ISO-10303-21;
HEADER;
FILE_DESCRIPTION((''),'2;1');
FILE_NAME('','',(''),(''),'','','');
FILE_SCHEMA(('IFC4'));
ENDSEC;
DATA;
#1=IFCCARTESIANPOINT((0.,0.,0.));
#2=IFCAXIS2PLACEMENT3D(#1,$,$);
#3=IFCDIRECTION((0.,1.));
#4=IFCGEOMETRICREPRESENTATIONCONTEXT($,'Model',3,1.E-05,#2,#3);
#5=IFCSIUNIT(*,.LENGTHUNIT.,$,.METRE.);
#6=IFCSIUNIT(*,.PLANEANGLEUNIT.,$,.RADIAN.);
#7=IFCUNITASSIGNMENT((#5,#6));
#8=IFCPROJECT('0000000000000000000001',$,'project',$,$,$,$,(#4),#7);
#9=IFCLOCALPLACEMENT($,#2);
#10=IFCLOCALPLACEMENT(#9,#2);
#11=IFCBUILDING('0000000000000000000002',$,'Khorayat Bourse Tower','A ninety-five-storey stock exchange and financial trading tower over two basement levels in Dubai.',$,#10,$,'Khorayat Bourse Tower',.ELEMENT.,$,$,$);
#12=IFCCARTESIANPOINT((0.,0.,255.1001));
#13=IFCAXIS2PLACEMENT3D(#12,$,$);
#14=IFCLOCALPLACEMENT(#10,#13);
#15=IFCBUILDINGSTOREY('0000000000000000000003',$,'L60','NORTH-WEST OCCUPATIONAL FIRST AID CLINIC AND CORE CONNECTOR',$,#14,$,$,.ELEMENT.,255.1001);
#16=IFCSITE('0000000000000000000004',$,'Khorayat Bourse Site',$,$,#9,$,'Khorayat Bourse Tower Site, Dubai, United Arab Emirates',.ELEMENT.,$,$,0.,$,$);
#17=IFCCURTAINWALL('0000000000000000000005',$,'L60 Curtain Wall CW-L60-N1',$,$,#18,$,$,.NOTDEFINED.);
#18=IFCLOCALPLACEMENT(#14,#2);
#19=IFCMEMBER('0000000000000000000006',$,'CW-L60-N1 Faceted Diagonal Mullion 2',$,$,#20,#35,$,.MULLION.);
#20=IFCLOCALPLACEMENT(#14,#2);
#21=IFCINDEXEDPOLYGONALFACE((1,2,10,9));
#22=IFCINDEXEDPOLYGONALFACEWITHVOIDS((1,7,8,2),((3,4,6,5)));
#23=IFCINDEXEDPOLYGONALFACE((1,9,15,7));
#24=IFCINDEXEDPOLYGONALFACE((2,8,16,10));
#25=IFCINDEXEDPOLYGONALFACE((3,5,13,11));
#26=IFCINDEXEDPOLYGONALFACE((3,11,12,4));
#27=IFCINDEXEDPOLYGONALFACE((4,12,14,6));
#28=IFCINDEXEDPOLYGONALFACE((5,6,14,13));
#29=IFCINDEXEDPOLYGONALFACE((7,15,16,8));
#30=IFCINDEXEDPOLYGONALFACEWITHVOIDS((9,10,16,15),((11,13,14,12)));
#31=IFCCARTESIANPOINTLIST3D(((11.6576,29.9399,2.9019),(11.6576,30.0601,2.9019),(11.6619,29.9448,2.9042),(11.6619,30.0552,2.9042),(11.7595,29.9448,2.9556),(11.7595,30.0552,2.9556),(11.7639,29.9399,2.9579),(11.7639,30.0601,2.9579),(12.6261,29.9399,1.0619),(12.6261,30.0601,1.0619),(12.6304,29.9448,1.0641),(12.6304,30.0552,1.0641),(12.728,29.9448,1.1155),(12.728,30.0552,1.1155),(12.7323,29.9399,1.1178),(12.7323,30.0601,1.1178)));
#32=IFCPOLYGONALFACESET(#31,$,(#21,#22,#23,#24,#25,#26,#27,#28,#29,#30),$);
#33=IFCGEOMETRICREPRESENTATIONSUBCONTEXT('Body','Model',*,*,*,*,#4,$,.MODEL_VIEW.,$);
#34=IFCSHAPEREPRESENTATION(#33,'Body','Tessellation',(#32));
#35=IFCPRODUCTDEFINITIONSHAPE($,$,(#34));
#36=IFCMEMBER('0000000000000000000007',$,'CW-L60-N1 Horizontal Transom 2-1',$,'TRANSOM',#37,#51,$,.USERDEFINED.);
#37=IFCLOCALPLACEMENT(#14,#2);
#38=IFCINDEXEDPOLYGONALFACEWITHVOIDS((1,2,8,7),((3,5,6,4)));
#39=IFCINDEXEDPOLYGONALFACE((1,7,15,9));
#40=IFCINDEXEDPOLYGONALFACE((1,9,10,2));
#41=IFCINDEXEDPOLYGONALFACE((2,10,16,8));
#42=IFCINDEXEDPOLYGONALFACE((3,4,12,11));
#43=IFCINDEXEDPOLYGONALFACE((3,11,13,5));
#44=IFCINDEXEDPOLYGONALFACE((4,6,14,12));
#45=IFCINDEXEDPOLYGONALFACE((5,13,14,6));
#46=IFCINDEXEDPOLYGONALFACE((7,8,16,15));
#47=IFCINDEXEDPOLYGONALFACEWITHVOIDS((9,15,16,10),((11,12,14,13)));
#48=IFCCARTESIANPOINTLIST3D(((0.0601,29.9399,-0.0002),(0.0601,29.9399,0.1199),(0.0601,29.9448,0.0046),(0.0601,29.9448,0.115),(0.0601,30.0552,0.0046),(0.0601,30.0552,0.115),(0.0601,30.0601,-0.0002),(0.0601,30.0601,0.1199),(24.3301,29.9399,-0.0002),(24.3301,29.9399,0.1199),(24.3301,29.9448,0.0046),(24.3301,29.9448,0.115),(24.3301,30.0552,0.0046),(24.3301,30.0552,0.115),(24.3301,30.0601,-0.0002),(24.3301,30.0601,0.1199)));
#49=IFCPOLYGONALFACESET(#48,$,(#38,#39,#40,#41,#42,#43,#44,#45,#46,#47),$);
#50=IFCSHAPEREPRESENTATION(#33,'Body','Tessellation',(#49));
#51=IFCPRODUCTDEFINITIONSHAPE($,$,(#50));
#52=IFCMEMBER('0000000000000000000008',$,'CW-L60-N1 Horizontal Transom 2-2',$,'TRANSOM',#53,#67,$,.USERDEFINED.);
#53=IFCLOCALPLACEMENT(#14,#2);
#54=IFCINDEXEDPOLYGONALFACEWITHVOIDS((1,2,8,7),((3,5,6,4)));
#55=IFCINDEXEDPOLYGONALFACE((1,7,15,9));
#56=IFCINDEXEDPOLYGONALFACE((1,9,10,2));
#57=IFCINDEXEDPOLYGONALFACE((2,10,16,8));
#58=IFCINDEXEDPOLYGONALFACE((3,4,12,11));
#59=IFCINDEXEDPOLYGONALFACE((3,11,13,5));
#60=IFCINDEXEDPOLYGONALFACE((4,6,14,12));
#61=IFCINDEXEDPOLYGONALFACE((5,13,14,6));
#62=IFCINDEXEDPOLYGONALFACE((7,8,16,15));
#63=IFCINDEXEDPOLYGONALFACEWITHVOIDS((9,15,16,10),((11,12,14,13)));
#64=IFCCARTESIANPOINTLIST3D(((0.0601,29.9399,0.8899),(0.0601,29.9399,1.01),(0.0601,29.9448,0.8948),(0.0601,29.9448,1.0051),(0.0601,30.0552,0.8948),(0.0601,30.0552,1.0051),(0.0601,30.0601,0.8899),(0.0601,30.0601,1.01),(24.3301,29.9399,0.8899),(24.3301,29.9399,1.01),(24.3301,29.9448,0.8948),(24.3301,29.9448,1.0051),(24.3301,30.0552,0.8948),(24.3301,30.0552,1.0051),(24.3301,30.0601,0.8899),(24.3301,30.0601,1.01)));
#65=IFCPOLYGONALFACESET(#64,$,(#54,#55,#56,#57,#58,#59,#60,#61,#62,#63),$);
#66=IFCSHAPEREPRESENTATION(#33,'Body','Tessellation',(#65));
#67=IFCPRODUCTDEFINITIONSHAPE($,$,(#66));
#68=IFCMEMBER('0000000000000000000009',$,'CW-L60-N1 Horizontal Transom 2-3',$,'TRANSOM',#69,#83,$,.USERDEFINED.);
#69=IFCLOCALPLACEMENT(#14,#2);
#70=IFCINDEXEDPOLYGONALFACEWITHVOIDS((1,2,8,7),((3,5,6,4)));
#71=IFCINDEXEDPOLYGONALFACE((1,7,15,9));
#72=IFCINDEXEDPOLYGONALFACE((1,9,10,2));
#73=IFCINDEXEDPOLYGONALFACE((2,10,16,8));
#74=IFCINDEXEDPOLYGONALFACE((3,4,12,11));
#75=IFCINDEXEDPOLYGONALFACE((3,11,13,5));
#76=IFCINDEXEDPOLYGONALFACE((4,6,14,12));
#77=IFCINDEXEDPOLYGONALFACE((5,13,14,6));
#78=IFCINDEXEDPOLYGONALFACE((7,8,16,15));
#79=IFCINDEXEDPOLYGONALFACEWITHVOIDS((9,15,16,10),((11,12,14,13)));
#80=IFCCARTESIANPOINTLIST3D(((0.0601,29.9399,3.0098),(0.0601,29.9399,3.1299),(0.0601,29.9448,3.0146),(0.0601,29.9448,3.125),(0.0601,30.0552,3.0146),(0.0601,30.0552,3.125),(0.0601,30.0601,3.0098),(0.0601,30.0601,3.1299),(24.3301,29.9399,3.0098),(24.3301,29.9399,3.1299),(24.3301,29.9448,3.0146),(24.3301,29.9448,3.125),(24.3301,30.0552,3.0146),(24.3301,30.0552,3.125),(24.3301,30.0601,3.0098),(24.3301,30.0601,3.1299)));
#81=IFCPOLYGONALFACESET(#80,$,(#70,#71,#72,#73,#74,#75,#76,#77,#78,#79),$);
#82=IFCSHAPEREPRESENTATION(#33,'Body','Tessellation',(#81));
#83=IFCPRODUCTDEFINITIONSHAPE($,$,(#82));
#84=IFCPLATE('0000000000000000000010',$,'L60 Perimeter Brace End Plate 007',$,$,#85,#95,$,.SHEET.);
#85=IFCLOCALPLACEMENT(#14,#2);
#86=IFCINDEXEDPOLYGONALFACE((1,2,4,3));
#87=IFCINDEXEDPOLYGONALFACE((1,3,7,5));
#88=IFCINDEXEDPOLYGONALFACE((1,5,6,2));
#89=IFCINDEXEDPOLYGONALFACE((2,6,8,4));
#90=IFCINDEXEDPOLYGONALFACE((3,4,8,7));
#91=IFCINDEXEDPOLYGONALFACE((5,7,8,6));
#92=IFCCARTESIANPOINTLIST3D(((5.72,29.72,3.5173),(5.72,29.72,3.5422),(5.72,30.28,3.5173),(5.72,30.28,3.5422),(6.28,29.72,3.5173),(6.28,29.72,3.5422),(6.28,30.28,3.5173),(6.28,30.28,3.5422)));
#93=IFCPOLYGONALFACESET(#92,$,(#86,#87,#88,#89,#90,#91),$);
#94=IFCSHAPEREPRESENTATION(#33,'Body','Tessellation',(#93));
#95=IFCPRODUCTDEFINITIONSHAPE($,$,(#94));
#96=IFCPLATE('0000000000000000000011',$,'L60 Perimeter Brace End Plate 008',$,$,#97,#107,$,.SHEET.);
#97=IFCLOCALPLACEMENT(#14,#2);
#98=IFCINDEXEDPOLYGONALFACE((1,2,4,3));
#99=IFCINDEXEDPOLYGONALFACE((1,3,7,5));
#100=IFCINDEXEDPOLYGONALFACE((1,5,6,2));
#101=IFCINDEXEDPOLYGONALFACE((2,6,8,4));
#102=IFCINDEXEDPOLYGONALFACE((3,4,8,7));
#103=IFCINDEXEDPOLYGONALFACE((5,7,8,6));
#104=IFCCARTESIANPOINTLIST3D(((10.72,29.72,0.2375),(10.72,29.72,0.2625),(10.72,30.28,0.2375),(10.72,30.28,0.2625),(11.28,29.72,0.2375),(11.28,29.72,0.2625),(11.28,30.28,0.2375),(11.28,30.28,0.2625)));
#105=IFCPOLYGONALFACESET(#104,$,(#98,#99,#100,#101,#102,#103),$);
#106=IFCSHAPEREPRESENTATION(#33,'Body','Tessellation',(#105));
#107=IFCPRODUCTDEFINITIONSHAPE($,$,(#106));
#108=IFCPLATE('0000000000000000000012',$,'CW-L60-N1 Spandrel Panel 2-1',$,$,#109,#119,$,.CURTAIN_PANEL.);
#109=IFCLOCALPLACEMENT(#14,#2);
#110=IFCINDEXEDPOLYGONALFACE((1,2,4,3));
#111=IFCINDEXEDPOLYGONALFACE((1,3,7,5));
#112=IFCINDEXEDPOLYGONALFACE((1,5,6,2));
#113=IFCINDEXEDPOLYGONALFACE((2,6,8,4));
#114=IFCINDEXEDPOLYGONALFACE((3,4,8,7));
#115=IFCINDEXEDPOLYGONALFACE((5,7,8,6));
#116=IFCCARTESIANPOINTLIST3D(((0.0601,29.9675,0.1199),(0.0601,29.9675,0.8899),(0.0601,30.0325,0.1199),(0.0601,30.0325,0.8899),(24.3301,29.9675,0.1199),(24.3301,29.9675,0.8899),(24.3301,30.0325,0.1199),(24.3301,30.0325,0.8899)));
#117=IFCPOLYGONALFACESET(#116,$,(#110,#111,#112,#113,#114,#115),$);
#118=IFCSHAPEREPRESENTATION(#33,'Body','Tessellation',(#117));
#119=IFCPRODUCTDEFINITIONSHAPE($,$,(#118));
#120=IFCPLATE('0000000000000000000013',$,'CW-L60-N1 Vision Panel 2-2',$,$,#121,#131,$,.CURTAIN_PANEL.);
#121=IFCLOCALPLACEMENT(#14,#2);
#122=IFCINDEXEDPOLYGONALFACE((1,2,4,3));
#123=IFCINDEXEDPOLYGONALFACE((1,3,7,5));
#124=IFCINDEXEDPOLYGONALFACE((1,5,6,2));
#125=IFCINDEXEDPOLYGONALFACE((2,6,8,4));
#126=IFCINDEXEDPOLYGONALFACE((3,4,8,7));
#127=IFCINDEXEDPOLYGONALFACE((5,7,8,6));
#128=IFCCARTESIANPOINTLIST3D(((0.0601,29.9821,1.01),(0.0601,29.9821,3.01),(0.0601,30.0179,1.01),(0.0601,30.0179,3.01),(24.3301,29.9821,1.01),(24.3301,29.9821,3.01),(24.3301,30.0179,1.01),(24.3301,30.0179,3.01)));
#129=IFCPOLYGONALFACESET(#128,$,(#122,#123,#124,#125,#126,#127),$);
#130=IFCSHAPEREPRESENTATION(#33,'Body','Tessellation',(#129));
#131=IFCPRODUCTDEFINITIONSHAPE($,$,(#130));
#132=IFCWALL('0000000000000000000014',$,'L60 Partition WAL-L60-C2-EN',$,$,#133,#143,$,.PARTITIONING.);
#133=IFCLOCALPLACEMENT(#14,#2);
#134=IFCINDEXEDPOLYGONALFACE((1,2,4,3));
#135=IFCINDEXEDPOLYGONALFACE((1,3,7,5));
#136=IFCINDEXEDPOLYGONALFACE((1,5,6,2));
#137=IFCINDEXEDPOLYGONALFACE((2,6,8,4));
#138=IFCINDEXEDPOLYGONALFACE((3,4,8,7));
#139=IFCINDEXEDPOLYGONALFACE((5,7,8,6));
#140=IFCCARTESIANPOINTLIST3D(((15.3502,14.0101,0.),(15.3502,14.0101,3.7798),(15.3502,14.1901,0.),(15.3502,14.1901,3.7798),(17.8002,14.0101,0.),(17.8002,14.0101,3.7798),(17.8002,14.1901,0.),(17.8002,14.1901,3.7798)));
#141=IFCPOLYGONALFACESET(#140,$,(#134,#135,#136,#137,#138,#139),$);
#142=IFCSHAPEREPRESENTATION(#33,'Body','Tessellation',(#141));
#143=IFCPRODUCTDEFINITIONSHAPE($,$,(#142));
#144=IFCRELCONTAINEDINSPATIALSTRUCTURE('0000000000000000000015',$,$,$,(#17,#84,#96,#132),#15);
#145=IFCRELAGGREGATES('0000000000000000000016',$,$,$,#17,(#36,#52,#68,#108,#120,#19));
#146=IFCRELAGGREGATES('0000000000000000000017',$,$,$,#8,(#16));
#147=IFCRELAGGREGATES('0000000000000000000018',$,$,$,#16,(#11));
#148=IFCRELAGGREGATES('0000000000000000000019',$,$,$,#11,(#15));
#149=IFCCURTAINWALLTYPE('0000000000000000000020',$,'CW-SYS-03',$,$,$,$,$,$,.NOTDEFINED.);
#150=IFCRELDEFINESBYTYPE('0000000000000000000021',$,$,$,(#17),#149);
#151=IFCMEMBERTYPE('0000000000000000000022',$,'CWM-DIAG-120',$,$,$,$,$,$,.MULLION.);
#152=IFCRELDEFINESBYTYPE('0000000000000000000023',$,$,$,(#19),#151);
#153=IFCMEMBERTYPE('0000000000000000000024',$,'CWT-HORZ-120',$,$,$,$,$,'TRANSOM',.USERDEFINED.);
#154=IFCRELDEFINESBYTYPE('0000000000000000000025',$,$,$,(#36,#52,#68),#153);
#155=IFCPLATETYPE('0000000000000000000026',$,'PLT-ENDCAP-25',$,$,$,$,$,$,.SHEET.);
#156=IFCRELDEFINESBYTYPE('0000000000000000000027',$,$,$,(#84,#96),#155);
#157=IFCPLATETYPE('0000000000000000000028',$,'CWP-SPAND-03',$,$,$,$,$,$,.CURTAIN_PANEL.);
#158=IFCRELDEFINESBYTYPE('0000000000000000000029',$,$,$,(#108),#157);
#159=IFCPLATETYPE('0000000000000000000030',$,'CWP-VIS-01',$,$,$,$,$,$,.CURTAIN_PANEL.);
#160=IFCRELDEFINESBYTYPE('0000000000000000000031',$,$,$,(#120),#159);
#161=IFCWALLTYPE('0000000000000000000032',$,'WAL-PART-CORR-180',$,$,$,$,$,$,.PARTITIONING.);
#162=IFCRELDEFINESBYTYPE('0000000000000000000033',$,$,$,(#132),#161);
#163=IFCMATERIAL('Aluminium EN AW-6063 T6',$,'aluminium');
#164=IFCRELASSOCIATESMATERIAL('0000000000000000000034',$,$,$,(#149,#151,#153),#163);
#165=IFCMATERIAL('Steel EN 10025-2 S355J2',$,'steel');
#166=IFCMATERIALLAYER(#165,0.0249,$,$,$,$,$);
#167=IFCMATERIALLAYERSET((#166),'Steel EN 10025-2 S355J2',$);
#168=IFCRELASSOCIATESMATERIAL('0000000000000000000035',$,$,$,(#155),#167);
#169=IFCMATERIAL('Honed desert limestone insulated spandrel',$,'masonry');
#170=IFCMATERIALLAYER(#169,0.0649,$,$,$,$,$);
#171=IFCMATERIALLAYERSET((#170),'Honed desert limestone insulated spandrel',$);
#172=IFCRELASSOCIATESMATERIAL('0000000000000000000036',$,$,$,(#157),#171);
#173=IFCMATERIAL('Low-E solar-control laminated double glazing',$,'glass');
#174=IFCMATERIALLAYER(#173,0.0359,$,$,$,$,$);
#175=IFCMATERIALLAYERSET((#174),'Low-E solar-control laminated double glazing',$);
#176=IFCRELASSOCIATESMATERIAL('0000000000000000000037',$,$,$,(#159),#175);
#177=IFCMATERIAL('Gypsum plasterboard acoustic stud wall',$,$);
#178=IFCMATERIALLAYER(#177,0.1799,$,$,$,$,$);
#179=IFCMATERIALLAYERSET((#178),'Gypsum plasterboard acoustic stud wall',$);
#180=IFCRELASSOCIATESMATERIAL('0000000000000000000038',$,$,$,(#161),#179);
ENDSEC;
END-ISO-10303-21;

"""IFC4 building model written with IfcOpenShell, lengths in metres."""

from ifc_helpers import new_model, si_unit, direction, frame, frame_2d, origin, origin_2d, place, context, subcontext, project, spatial, rectangle, hollow_rectangle, extrude, source, transform, mapped, material, layer, layer_set, material_profile, profile_set, type_object, element, aggregate, save


model = new_model("IFC4")

# Units and contexts
model_context = context("Model", 3, precision=1e-05, world=origin(), true_north=direction((0.0, 1.0)))
body_context = subcontext(model_context, "Body", "Model", "MODEL_VIEW")
ifc_project = project(units=[si_unit("LENGTHUNIT", "METRE"), si_unit("PLANEANGLEUNIT", "RADIAN")], contexts=[model_context])

# Site, building, storey
site_placement = place(None, origin())
site = spatial("IfcSite", under=ifc_project, at=site_placement, Name="Khorayat Bourse Site", LongName="Khorayat Bourse Tower Site, Dubai, United Arab Emirates", CompositionType="ELEMENT", RefElevation=0.0)
building_placement = place(site_placement, origin())
building = spatial("IfcBuilding", under=site, at=building_placement, Name="Khorayat Bourse Tower", Description="A ninety-five-storey stock exchange and financial trading tower over two basement levels in Dubai.", LongName="Khorayat Bourse Tower", CompositionType="ELEMENT")
storey_placement = place(building_placement, frame((0.0, 0.0, 255.1001)))
storey = spatial("IfcBuildingStorey", under=building, at=storey_placement, Name="L60", Description="NORTH-WEST OCCUPATIONAL FIRST AID CLINIC AND CORE CONNECTOR", CompositionType="ELEMENT", Elevation=255.1001)

# Curtain wall, members
ifc_material_1 = material(Name="Aluminium EN AW-6063 T6", Category="aluminium")
curtain_wall_type = type_object("IfcCurtainWallType", Name="CW-SYS-03", PredefinedType="NOTDEFINED", material=ifc_material_1)
curtain_wall_placement = place(storey_placement, origin())
curtain_wall = element("IfcCurtainWall", 1, at=curtain_wall_placement, inside=storey, type_object=curtain_wall_type, Name="L60 Curtain Wall CW-L60-N1", PredefinedType="NOTDEFINED")
ifc_material_profile_1 = material_profile(ifc_material_1, hollow_rectangle(XDim=0.1201, YDim=0.1201, WallThickness=0.0049, at=origin_2d()), Name="ALU 120x120x5")
ifc_profile_set_1 = profile_set([ifc_material_profile_1], Name="Aluminium EN AW-6063 T6")
member_type_1 = type_object("IfcMemberType", Name="CWM-DIAG-120", PredefinedType="MULLION", material=ifc_profile_set_1)
shared_shape_1 = source(origin(), body_context, "Body", "SweptSolid", [
    extrude(hollow_rectangle(XDim=0.1201, YDim=0.1201, WallThickness=0.0049, at=origin_2d()), origin(), (0.0, 0.0, 1.0), 2.0793),
])
member_1_placement = place(storey_placement, frame((12.6792, 30.0, 1.0898), z_axis=(-0.465761, 0.0, 0.884911), x_axis=(0.0, -1.0, 0.0)))
member_1 = element("IfcMember", 2, at=member_1_placement, type_object=member_type_1, Name="CW-L60-N1 Faceted Diagonal Mullion 2", PredefinedType="MULLION", context=body_context, shape_type="MappedRepresentation", body=[
    mapped(shared_shape_1, transform((0.0, 0.0, 0.0), scale=1.0)),
])
ifc_material_profile_2 = material_profile(ifc_material_1, hollow_rectangle(XDim=0.1201, YDim=0.1201, WallThickness=0.0049, at=origin_2d()), Name="ALU 120x120x5")
ifc_profile_set_2 = profile_set([ifc_material_profile_2], Name="Aluminium EN AW-6063 T6")
member_type_2 = type_object("IfcMemberType", Name="CWT-HORZ-120", ElementType="TRANSOM", PredefinedType="USERDEFINED", material=ifc_profile_set_2)
shared_shape_2 = source(origin(), body_context, "Body", "SweptSolid", [
    extrude(hollow_rectangle(XDim=0.1201, YDim=0.1201, WallThickness=0.0049, at=origin_2d()), origin(), (0.0, 0.0, 1.0), 24.27),
])
member_2_placement = place(storey_placement, frame((0.0601, 30.0, 0.0598), z_axis=(1.0, 0.0, 0.0), x_axis=(0.0, 1.0, 0.0)))
member_2 = element("IfcMember", 3, at=member_2_placement, type_object=member_type_2, Name="CW-L60-N1 Horizontal Transom 2-1", ObjectType="TRANSOM", PredefinedType="USERDEFINED", context=body_context, shape_type="MappedRepresentation", body=[
    mapped(shared_shape_2, transform((0.0, 0.0, 0.0), scale=1.0)),
])
member_3_placement = place(storey_placement, frame((0.0601, 30.0, 0.95), z_axis=(1.0, 0.0, 0.0), x_axis=(0.0, 1.0, 0.0)))
member_3 = element("IfcMember", 4, at=member_3_placement, type_object=member_type_2, Name="CW-L60-N1 Horizontal Transom 2-2", ObjectType="TRANSOM", PredefinedType="USERDEFINED", context=body_context, shape_type="MappedRepresentation", body=[
    mapped(shared_shape_2, transform((0.0, 0.0, 0.0), scale=1.0)),
])
member_4_placement = place(storey_placement, frame((0.0601, 30.0, 3.0698), z_axis=(1.0, 0.0, 0.0), x_axis=(0.0, 1.0, 0.0)))
member_4 = element("IfcMember", 5, at=member_4_placement, type_object=member_type_2, Name="CW-L60-N1 Horizontal Transom 2-3", ObjectType="TRANSOM", PredefinedType="USERDEFINED", context=body_context, shape_type="MappedRepresentation", body=[
    mapped(shared_shape_2, transform((0.0, 0.0, 0.0), scale=1.0)),
])

# Plates
ifc_material_2 = material(Name="Steel EN 10025-2 S355J2", Category="steel")
ifc_layer_1 = layer(ifc_material_2, 0.0249)
ifc_layer_set_1 = layer_set([ifc_layer_1], Name="Steel EN 10025-2 S355J2")
plate_type_1 = type_object("IfcPlateType", Name="PLT-ENDCAP-25", PredefinedType="SHEET", material=ifc_layer_set_1)
shared_shape_3 = source(origin(), body_context, "Body", "SweptSolid", [
    extrude(rectangle(XDim=0.5601, YDim=0.5601, at=origin_2d()), origin(), (0.0, 0.0, 1.0), 0.0249),
])
for number, where, z_axis, x_axis, name in (
    (6, (6.0, 30.0, 3.5173), (0.0, 0.0, 1.0), (1.0, 0.0, 0.0), "L60 Perimeter Brace End Plate 007"),
    (7, (11.0, 30.0, 0.2375), (0.0, 0.0, 1.0), (1.0, 0.0, 0.0), "L60 Perimeter Brace End Plate 008"),
):
    element("IfcPlate", number, at=place(storey_placement, frame(where, z_axis=z_axis, x_axis=x_axis)), inside=storey, type_object=plate_type_1, Name=name, PredefinedType="SHEET", context=body_context, shape_type="MappedRepresentation", body=[
        mapped(shared_shape_3, transform((0.0, 0.0, 0.0), scale=1.0)),
    ])

# Plates
ifc_material_3 = material(Name="Honed desert limestone insulated spandrel", Category="masonry")
ifc_layer_2 = layer(ifc_material_3, 0.0649)
ifc_layer_set_2 = layer_set([ifc_layer_2], Name="Honed desert limestone insulated spandrel")
plate_type_2 = type_object("IfcPlateType", Name="CWP-SPAND-03", PredefinedType="CURTAIN_PANEL", material=ifc_layer_set_2)
shared_shape_4 = source(origin(), body_context, "Body", "SweptSolid", [
    extrude(rectangle(XDim=24.27, YDim=0.0649, at=origin_2d()), origin(), (0.0, 0.0, 1.0), 0.77),
])
plate_1_placement = place(storey_placement, frame((12.1951, 30.0, 0.1199), z_axis=(0.0, 0.0, 1.0), x_axis=(1.0, 0.0, 0.0)))
plate_1 = element("IfcPlate", 8, at=plate_1_placement, type_object=plate_type_2, Name="CW-L60-N1 Spandrel Panel 2-1", PredefinedType="CURTAIN_PANEL", context=body_context, shape_type="MappedRepresentation", body=[
    mapped(shared_shape_4, transform((0.0, 0.0, 0.0), scale=1.0)),
])
ifc_material_4 = material(Name="Low-E solar-control laminated double glazing", Category="glass")
ifc_layer_3 = layer(ifc_material_4, 0.0359)
ifc_layer_set_3 = layer_set([ifc_layer_3], Name="Low-E solar-control laminated double glazing")
plate_type_3 = type_object("IfcPlateType", Name="CWP-VIS-01", PredefinedType="CURTAIN_PANEL", material=ifc_layer_set_3)
shared_shape_5 = source(origin(), body_context, "Body", "SweptSolid", [
    extrude(rectangle(XDim=24.27, YDim=0.0359, at=origin_2d()), origin(), (0.0, 0.0, 1.0), 2.0),
])
plate_2_placement = place(storey_placement, frame((12.1951, 30.0, 1.01), z_axis=(0.0, 0.0, 1.0), x_axis=(1.0, 0.0, 0.0)))
plate_2 = element("IfcPlate", 9, at=plate_2_placement, type_object=plate_type_3, Name="CW-L60-N1 Vision Panel 2-2", PredefinedType="CURTAIN_PANEL", context=body_context, shape_type="MappedRepresentation", body=[
    mapped(shared_shape_5, transform((0.0, 0.0, 0.0), scale=1.0)),
])
aggregate(curtain_wall, [member_2, member_3, member_4, plate_1, plate_2, member_1])

# Wall
ifc_material_5 = material(Name="Gypsum plasterboard acoustic stud wall")
ifc_layer_4 = layer(ifc_material_5, 0.1799)
ifc_layer_set_4 = layer_set([ifc_layer_4], Name="Gypsum plasterboard acoustic stud wall")
wall_type_1 = type_object("IfcWallType", Name="WAL-PART-CORR-180", PredefinedType="PARTITIONING", material=ifc_layer_set_4)
shared_shape_6 = source(origin(), body_context, "Body", "SweptSolid", [
    extrude(rectangle(XDim=2.45, YDim=0.1799, at=frame_2d((1.2251, 0.0))), origin(), (0.0, 0.0, 1.0), 3.7798),
])
wall_1_placement = place(storey_placement, frame((15.3501, 14.1001, 0.0), z_axis=(0.0, 0.0, 1.0), x_axis=(1.0, 0.0, 0.0)))
element("IfcWall", 10, at=wall_1_placement, inside=storey, type_object=wall_type_1, Name="L60 Partition WAL-L60-C2-EN", PredefinedType="PARTITIONING", context=body_context, shape_type="MappedRepresentation", body=[
    mapped(shared_shape_6, transform((0.0, 0.0, 0.0), scale=1.0)),
])

save(model, "model.ifc")
